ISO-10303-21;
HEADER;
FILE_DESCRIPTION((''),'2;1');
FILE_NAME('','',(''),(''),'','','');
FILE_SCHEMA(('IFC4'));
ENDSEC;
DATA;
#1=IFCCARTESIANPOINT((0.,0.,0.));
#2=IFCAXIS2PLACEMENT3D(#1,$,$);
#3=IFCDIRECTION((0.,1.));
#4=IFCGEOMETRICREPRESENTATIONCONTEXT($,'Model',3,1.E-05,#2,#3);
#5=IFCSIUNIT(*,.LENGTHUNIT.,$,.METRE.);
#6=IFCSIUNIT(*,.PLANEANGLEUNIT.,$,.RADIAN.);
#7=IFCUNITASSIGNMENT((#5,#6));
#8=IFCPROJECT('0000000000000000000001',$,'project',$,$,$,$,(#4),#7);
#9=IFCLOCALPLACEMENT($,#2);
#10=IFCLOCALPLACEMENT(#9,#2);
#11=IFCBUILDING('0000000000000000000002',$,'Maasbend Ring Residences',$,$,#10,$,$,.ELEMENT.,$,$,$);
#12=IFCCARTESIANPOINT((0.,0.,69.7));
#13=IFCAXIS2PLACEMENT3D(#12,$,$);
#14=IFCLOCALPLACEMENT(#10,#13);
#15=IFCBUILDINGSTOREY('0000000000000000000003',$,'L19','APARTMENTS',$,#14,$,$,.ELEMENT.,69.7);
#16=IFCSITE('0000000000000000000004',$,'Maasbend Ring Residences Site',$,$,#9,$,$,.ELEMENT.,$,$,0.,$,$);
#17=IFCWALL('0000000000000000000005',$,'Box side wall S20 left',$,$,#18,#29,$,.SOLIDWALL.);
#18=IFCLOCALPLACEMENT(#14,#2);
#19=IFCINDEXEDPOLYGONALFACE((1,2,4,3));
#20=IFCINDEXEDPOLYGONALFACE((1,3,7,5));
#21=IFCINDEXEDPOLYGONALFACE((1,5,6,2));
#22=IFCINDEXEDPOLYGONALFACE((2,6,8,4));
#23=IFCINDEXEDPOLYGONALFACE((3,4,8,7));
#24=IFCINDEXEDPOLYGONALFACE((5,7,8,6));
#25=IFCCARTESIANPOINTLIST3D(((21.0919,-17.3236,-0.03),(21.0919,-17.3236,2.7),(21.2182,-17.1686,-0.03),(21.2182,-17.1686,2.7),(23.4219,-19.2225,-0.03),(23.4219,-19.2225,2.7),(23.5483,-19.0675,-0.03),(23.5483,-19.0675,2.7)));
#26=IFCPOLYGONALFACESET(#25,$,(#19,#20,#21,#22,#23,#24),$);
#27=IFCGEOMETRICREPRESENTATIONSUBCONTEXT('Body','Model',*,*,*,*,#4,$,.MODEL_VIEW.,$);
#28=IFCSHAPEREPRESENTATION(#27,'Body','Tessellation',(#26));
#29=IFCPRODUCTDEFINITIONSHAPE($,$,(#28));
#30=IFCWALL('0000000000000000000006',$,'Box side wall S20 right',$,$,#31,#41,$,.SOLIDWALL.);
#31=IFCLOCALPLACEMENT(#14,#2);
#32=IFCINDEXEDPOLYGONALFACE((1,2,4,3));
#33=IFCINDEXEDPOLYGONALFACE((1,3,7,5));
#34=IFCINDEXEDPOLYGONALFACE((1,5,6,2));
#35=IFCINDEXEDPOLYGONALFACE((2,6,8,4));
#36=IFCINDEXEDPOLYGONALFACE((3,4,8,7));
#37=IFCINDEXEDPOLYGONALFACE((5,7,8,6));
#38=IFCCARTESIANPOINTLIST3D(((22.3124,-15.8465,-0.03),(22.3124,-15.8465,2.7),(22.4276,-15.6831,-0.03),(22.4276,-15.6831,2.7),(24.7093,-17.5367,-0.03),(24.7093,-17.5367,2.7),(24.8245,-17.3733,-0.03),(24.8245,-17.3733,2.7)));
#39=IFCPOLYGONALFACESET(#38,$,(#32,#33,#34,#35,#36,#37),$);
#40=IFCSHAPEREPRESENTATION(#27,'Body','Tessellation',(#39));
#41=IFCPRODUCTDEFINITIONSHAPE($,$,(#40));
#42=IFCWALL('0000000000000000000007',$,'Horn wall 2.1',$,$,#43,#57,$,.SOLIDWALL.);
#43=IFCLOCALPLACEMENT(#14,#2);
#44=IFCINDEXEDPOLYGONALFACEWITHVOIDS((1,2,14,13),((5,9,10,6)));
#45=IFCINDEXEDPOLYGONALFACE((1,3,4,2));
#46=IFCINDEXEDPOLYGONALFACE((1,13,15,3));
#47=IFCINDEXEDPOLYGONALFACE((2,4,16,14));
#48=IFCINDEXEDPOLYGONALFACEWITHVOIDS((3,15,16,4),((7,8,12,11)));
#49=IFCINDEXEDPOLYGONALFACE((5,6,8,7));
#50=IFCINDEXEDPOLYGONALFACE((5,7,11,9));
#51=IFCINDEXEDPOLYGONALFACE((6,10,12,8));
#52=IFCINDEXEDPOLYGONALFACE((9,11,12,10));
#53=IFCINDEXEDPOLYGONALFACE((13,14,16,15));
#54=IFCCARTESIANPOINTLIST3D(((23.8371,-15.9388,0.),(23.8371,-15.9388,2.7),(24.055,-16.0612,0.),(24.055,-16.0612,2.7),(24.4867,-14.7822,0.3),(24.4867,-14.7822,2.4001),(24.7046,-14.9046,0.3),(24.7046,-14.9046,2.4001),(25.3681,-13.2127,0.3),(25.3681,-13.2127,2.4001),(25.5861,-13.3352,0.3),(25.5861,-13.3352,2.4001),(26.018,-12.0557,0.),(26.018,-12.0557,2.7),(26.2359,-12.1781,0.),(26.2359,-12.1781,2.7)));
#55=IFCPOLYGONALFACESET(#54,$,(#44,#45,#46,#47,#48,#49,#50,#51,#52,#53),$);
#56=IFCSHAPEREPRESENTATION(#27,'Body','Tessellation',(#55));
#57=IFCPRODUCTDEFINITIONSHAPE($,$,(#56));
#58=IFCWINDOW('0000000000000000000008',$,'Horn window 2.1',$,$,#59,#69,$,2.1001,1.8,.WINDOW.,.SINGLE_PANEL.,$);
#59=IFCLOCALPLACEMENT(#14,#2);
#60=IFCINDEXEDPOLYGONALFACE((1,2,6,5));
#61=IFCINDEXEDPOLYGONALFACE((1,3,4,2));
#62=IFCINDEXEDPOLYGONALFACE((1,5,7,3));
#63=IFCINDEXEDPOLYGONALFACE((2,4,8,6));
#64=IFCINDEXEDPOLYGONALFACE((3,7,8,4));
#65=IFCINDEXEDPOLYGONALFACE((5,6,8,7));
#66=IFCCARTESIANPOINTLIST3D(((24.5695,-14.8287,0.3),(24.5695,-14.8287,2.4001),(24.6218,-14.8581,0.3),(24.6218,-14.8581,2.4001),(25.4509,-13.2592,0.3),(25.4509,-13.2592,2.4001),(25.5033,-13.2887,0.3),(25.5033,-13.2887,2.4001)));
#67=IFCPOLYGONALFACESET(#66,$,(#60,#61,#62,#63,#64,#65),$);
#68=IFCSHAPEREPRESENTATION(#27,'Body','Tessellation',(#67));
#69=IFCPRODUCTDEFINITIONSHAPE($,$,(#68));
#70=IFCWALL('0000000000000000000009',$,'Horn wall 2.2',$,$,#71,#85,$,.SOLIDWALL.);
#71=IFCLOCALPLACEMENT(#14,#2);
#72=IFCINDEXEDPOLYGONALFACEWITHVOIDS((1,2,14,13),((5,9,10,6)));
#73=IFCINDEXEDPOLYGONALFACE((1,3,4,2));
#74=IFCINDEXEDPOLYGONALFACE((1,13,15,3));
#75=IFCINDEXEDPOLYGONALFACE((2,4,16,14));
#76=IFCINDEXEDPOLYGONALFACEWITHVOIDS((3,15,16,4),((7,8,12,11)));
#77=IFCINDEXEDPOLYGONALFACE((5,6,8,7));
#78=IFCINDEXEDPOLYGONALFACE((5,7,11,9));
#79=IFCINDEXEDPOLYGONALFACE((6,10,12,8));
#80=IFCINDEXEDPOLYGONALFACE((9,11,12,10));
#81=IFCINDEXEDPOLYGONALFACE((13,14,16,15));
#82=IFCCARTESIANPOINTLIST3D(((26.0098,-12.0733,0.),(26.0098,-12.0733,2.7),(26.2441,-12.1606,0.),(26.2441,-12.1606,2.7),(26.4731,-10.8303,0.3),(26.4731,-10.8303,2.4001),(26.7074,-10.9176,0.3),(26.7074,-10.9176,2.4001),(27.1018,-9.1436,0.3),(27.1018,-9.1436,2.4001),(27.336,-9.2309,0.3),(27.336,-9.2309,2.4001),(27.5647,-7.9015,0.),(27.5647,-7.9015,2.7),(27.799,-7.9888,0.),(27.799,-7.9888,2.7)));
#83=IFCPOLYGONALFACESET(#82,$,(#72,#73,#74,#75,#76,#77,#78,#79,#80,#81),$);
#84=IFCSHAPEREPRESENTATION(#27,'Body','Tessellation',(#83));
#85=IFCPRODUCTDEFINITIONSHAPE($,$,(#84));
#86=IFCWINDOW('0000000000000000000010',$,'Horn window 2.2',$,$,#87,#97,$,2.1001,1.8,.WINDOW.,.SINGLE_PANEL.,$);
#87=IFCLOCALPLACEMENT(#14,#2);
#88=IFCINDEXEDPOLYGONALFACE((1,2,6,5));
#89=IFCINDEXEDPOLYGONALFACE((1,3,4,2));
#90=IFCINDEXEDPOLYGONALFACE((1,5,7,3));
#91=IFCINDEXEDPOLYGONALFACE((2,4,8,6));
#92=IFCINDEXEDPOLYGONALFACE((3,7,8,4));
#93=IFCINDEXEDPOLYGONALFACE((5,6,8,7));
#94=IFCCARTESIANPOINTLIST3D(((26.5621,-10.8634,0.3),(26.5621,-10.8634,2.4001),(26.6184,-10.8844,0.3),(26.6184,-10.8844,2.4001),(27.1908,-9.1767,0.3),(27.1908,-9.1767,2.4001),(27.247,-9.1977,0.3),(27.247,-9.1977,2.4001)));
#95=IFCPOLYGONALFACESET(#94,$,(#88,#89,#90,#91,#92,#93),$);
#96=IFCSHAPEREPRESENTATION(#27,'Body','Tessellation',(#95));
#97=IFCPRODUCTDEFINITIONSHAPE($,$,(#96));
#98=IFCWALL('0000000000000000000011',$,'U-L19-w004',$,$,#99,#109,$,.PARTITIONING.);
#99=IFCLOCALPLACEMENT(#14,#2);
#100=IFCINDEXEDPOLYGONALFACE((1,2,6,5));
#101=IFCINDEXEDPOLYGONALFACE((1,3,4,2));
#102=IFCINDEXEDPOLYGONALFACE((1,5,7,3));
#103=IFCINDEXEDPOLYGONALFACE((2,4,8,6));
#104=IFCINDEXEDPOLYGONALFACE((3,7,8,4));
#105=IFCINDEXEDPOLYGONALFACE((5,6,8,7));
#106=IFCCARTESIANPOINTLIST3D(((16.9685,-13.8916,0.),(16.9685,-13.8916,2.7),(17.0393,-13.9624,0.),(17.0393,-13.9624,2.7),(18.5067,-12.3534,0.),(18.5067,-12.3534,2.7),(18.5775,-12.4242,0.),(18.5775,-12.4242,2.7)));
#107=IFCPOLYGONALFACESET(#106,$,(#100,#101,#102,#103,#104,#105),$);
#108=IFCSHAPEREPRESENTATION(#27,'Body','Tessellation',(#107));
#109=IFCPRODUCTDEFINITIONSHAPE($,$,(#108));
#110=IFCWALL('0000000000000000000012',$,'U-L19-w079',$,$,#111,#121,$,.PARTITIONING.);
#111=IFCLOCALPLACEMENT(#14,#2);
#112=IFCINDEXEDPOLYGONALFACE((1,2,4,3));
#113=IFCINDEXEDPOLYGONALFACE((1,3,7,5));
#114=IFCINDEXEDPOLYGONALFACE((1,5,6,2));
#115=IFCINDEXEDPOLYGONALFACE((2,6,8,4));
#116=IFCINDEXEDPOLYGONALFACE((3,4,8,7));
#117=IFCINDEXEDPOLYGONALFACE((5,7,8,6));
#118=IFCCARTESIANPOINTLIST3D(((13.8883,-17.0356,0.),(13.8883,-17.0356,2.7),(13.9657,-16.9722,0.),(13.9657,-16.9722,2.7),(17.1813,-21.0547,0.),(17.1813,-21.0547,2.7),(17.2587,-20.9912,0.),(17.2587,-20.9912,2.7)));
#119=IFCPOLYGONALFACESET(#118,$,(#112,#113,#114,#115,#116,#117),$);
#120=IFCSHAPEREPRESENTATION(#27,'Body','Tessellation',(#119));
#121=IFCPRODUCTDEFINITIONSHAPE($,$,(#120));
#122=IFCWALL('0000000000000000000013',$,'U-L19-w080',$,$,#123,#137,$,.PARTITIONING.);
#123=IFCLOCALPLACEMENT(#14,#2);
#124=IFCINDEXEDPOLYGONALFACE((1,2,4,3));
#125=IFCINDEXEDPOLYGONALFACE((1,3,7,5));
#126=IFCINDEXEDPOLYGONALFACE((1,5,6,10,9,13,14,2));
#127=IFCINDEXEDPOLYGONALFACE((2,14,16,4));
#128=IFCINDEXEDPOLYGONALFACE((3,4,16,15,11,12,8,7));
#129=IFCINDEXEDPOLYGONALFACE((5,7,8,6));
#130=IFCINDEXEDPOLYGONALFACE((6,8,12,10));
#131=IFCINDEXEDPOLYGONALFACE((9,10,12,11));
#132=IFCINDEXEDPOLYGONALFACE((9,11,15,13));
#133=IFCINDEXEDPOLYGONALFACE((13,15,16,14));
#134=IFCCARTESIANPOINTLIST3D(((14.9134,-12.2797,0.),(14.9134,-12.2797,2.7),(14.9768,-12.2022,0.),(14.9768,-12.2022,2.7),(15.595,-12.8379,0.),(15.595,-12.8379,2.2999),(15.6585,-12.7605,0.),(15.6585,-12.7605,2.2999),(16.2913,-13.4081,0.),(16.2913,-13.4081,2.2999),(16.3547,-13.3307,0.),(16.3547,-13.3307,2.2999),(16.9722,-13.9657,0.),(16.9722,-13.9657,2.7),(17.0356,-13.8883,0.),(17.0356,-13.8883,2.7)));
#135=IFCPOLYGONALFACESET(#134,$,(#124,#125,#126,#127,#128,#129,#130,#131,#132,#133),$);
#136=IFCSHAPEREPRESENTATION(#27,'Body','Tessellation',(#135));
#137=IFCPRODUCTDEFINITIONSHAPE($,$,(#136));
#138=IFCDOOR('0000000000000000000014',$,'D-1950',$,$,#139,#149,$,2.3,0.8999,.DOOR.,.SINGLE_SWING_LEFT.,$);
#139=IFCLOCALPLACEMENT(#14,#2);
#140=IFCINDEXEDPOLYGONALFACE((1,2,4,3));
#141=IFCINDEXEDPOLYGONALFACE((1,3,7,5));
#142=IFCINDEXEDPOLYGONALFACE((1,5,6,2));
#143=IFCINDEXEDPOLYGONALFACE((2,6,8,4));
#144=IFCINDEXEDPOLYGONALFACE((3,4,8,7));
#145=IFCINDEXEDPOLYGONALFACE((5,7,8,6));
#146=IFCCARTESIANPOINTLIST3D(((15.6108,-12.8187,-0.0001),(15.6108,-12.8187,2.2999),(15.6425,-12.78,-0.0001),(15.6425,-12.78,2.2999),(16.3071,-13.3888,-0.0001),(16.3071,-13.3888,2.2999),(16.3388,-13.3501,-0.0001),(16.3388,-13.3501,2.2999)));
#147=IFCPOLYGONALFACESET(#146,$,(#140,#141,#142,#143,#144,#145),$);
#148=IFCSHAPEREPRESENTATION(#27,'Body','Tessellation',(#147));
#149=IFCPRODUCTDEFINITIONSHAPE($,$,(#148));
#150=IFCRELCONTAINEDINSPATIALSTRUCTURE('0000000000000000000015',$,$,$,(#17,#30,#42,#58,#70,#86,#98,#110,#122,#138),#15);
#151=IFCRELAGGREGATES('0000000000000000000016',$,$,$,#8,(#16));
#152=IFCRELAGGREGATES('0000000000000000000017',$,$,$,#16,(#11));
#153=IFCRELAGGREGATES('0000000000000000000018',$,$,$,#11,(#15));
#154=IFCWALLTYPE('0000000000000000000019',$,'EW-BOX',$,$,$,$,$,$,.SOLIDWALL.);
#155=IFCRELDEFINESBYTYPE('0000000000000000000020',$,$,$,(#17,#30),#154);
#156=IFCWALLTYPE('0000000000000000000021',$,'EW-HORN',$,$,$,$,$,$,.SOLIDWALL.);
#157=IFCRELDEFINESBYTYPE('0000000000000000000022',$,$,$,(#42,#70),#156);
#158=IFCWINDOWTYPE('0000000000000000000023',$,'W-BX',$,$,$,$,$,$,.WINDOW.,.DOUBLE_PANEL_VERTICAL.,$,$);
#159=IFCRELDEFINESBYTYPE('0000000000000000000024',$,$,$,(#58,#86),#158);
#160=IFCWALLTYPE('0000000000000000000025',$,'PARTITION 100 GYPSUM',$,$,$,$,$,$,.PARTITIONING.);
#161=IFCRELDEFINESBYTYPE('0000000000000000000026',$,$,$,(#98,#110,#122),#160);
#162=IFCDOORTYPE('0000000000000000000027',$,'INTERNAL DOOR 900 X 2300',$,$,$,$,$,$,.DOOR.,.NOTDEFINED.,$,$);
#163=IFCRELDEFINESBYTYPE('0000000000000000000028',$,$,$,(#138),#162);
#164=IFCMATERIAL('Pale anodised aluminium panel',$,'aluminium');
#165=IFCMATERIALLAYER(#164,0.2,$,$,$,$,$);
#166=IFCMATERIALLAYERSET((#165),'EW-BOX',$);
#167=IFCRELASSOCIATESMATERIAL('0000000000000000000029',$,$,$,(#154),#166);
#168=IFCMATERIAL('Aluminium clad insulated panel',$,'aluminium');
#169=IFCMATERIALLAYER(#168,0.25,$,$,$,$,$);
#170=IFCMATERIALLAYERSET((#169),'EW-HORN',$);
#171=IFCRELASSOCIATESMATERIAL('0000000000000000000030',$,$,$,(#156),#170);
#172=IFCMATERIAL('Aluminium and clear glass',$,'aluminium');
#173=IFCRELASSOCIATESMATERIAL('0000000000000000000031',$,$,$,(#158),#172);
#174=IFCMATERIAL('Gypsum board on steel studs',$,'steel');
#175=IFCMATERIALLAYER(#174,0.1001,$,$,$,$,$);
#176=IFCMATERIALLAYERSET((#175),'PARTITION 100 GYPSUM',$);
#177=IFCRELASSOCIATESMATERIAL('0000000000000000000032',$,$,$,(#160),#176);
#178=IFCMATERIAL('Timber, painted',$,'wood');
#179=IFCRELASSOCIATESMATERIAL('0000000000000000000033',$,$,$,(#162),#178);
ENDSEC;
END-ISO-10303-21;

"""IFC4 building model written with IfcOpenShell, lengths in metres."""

from ifc_helpers import new_model, si_unit, direction, frame, frame_2d, origin, place, context, subcontext, project, spatial, rectangle, extrude, material, layer, layer_set, type_object, element, fill, save


model = new_model("IFC4")

# Units and contexts
model_context = context("Model", 3, precision=1e-05, world=origin(), true_north=direction((0.0, 1.0)))
body_context = subcontext(model_context, "Body", "Model", "MODEL_VIEW")
ifc_project = project(units=[si_unit("LENGTHUNIT", "METRE"), si_unit("PLANEANGLEUNIT", "RADIAN")], contexts=[model_context])

# Site, building, storey
site_placement = place(None, origin())
site = spatial("IfcSite", under=ifc_project, at=site_placement, Name="Maasbend Ring Residences Site", CompositionType="ELEMENT", RefElevation=0.0)
building_placement = place(site_placement, origin())
building = spatial("IfcBuilding", under=site, at=building_placement, Name="Maasbend Ring Residences", CompositionType="ELEMENT")
storey_placement = place(building_placement, frame((0.0, 0.0, 69.7)))
storey = spatial("IfcBuildingStorey", under=building, at=storey_placement, Name="L19", Description="APARTMENTS", CompositionType="ELEMENT", Elevation=69.7)

# Walls
ifc_material_1 = material(Name="Pale anodised aluminium panel", Category="aluminium")
ifc_layer_1 = layer(ifc_material_1, 0.2)
ifc_layer_set_1 = layer_set([ifc_layer_1], Name="EW-BOX")
wall_type_1 = type_object("IfcWallType", Name="EW-BOX", PredefinedType="SOLIDWALL", material=ifc_layer_set_1)
wall_1_placement = place(storey_placement, frame((21.155, -17.2461, -0.03), z_axis=(0.0, 0.0, 1.0), x_axis=(0.775179, -0.631742, 0.0)))
element("IfcWall", 1, at=wall_1_placement, inside=storey, type_object=wall_type_1, Name="Box side wall S20 left", PredefinedType="SOLIDWALL", context=body_context, shape_type="SweptSolid", body=[
    extrude(rectangle(XDim=3.0059, YDim=0.2, at=frame_2d((1.5029, 0.0))), origin(), (0.0, 0.0, 1.0), 2.73),
])
wall_2_placement = place(storey_placement, frame((22.3701, -15.7649, -0.03), z_axis=(0.0, 0.0, 1.0), x_axis=(0.817256, -0.576275, 0.0)))
element("IfcWall", 2, at=wall_2_placement, inside=storey, type_object=wall_type_1, Name="Box side wall S20 right", PredefinedType="SOLIDWALL", context=body_context, shape_type="SweptSolid", body=[
    extrude(rectangle(XDim=2.9329, YDim=0.2, at=frame_2d((1.4663, 0.0))), origin(), (0.0, 0.0, 1.0), 2.73),
])

# Walls, openings, windows
ifc_material_2 = material(Name="Aluminium clad insulated panel", Category="aluminium")
ifc_layer_2 = layer(ifc_material_2, 0.25)
ifc_layer_set_2 = layer_set([ifc_layer_2], Name="EW-HORN")
wall_type_2 = type_object("IfcWallType", Name="EW-HORN", PredefinedType="SOLIDWALL", material=ifc_layer_set_2)
wall_3_placement = place(storey_placement, frame((23.946, -16.0, 0.0), z_axis=(0.0, 0.0, 1.0), x_axis=(0.489696, 0.871893, 0.0)))
wall_3 = element("IfcWall", 3, at=wall_3_placement, inside=storey, type_object=wall_type_2, Name="Horn wall 2.1", PredefinedType="SOLIDWALL", context=body_context, shape_type="SweptSolid", body=[
    extrude(rectangle(XDim=4.4536, YDim=0.25, at=frame_2d((2.2268, 0.0))), origin(), (0.0, 0.0, 1.0), 2.7),
])
opening_1_placement = place(wall_3_placement, frame((1.3267, 0.0, 0.3)))
opening_1 = element("IfcOpeningElement", 4, at=opening_1_placement, cuts=wall_3, PredefinedType="OPENING", context=body_context, shape_type="SweptSolid", body=[
    extrude(rectangle(XDim=1.8, YDim=2.1001, at=frame_2d((0.8999, 1.05))), frame((0.0, 0.135, 0.0), z_axis=(0.0, -1.0, 0.0), x_axis=(1.0, 0.0, 0.0)), (0.0, 0.0, 1.0), 0.27),
])
ifc_material_3 = material(Name="Aluminium and clear glass", Category="aluminium")
window_type = type_object("IfcWindowType", Name="W-BX", PartitioningType="DOUBLE_PANEL_VERTICAL", PredefinedType="WINDOW", material=ifc_material_3)
window_1_placement = place(opening_1_placement, origin())
window_1 = element("IfcWindow", 5, at=window_1_placement, inside=storey, type_object=window_type, Name="Horn window 2.1", OverallHeight=2.1001, OverallWidth=1.8, PartitioningType="SINGLE_PANEL", PredefinedType="WINDOW", context=body_context, shape_type="SweptSolid", body=[
    extrude(rectangle(XDim=1.8, YDim=2.1001, at=frame_2d((0.8999, 1.05))), frame((0.0, 0.03, 0.0), z_axis=(0.0, -1.0, 0.0), x_axis=(1.0, 0.0, 0.0)), (0.0, 0.0, 1.0), 0.0601),
])
fill(opening_1, window_1)
wall_4_placement = place(storey_placement, frame((26.127, -12.1169, 0.0), z_axis=(0.0, 0.0, 1.0), x_axis=(0.349248, 0.93703, 0.0)))
wall_4 = element("IfcWall", 6, at=wall_4_placement, inside=storey, type_object=wall_type_2, Name="Horn wall 2.2", PredefinedType="SOLIDWALL", context=body_context, shape_type="SweptSolid", body=[
    extrude(rectangle(XDim=4.4521, YDim=0.25, at=frame_2d((2.2261, 0.0))), origin(), (0.0, 0.0, 1.0), 2.7),
])
opening_2_placement = place(wall_4_placement, frame((1.3267, 0.0, 0.3)))
opening_2 = element("IfcOpeningElement", 7, at=opening_2_placement, cuts=wall_4, PredefinedType="OPENING", context=body_context, shape_type="SweptSolid", body=[
    extrude(rectangle(XDim=1.8, YDim=2.1001, at=frame_2d((0.8999, 1.05))), frame((0.0, 0.135, 0.0), z_axis=(0.0, -1.0, 0.0), x_axis=(1.0, 0.0, 0.0)), (0.0, 0.0, 1.0), 0.27),
])
window_2_placement = place(opening_2_placement, origin())
window_2 = element("IfcWindow", 8, at=window_2_placement, inside=storey, type_object=window_type, Name="Horn window 2.2", OverallHeight=2.1001, OverallWidth=1.8, PartitioningType="SINGLE_PANEL", PredefinedType="WINDOW", context=body_context, shape_type="SweptSolid", body=[
    extrude(rectangle(XDim=1.8, YDim=2.1001, at=frame_2d((0.8999, 1.05))), frame((0.0, 0.03, 0.0), z_axis=(0.0, -1.0, 0.0), x_axis=(1.0, 0.0, 0.0)), (0.0, 0.0, 1.0), 0.0601),
])
fill(opening_2, window_2)

# Walls
ifc_material_4 = material(Name="Gypsum board on steel studs", Category="steel")
ifc_layer_3 = layer(ifc_material_4, 0.1001)
ifc_layer_set_3 = layer_set([ifc_layer_3], Name="PARTITION 100 GYPSUM")
wall_type_3 = type_object("IfcWallType", Name="PARTITION 100 GYPSUM", PredefinedType="PARTITIONING", material=ifc_layer_set_3)
wall_5_placement = place(storey_placement, frame((17.0039, -13.927, 0.0), z_axis=(0.0, 0.0, 1.0), x_axis=(0.707107, 0.707107, 0.0)))
element("IfcWall", 9, at=wall_5_placement, inside=storey, type_object=wall_type_3, Name="U-L19-w004", PredefinedType="PARTITIONING", context=body_context, shape_type="SweptSolid", body=[
    extrude(rectangle(XDim=2.1753, YDim=0.1001, at=frame_2d((1.0876, 0.0))), origin(), (0.0, 0.0, 1.0), 2.7),
])
wall_6_placement = place(storey_placement, frame((13.927, -17.0039, 0.0), z_axis=(0.0, 0.0, 1.0), x_axis=(0.633775, -0.773517, 0.0)))
element("IfcWall", 10, at=wall_6_placement, inside=storey, type_object=wall_type_3, Name="U-L19-w079", PredefinedType="PARTITIONING", context=body_context, shape_type="SweptSolid", body=[
    extrude(rectangle(XDim=5.1958, YDim=0.1001, at=frame_2d((2.5979, 0.0))), origin(), (0.0, 0.0, 1.0), 2.7),
])

# Wall, opening, door
wall_7_placement = place(storey_placement, frame((14.9451, -12.241, 0.0), z_axis=(0.0, 0.0, 1.0), x_axis=(0.773675, -0.633582, 0.0)))
wall_7 = element("IfcWall", 11, at=wall_7_placement, inside=storey, type_object=wall_type_3, Name="U-L19-w080", PredefinedType="PARTITIONING", context=body_context, shape_type="SweptSolid", body=[
    extrude(rectangle(XDim=2.6611, YDim=0.1001, at=frame_2d((1.3306, 0.0))), origin(), (0.0, 0.0, 1.0), 2.7),
])
opening_3_placement = place(wall_7_placement, frame((0.8811, 0.0, 0.0)))
opening_3 = element("IfcOpeningElement", 12, at=opening_3_placement, cuts=wall_7, PredefinedType="OPENING", context=body_context, shape_type="SweptSolid", body=[
    extrude(rectangle(XDim=0.8999, YDim=2.3, at=frame_2d((0.45, 1.1499))), frame((0.0, 0.0601, 0.0), z_axis=(0.0, -1.0, 0.0), x_axis=(1.0, 0.0, 0.0)), (0.0, 0.0, 1.0), 0.1201),
])
ifc_material_5 = material(Name="Timber, painted", Category="wood")
door_type_1 = type_object("IfcDoorType", Name="INTERNAL DOOR 900 X 2300", OperationType="NOTDEFINED", PredefinedType="DOOR", material=ifc_material_5)
door_1_placement = place(opening_3_placement, origin())
door_1 = element("IfcDoor", 13, at=door_1_placement, inside=storey, type_object=door_type_1, Name="D-1950", OperationType="SINGLE_SWING_LEFT", OverallHeight=2.3, OverallWidth=0.8999, PredefinedType="DOOR", context=body_context, shape_type="SweptSolid", body=[
    extrude(rectangle(XDim=0.8999, YDim=2.3, at=frame_2d((0.45, 1.1499))), frame((0.0, 0.0249, 0.0), z_axis=(0.0, -1.0, 0.0), x_axis=(1.0, 0.0, 0.0)), (0.0, 0.0, 1.0), 0.05),
])
fill(opening_3, door_1)

save(model, "model.ifc")
